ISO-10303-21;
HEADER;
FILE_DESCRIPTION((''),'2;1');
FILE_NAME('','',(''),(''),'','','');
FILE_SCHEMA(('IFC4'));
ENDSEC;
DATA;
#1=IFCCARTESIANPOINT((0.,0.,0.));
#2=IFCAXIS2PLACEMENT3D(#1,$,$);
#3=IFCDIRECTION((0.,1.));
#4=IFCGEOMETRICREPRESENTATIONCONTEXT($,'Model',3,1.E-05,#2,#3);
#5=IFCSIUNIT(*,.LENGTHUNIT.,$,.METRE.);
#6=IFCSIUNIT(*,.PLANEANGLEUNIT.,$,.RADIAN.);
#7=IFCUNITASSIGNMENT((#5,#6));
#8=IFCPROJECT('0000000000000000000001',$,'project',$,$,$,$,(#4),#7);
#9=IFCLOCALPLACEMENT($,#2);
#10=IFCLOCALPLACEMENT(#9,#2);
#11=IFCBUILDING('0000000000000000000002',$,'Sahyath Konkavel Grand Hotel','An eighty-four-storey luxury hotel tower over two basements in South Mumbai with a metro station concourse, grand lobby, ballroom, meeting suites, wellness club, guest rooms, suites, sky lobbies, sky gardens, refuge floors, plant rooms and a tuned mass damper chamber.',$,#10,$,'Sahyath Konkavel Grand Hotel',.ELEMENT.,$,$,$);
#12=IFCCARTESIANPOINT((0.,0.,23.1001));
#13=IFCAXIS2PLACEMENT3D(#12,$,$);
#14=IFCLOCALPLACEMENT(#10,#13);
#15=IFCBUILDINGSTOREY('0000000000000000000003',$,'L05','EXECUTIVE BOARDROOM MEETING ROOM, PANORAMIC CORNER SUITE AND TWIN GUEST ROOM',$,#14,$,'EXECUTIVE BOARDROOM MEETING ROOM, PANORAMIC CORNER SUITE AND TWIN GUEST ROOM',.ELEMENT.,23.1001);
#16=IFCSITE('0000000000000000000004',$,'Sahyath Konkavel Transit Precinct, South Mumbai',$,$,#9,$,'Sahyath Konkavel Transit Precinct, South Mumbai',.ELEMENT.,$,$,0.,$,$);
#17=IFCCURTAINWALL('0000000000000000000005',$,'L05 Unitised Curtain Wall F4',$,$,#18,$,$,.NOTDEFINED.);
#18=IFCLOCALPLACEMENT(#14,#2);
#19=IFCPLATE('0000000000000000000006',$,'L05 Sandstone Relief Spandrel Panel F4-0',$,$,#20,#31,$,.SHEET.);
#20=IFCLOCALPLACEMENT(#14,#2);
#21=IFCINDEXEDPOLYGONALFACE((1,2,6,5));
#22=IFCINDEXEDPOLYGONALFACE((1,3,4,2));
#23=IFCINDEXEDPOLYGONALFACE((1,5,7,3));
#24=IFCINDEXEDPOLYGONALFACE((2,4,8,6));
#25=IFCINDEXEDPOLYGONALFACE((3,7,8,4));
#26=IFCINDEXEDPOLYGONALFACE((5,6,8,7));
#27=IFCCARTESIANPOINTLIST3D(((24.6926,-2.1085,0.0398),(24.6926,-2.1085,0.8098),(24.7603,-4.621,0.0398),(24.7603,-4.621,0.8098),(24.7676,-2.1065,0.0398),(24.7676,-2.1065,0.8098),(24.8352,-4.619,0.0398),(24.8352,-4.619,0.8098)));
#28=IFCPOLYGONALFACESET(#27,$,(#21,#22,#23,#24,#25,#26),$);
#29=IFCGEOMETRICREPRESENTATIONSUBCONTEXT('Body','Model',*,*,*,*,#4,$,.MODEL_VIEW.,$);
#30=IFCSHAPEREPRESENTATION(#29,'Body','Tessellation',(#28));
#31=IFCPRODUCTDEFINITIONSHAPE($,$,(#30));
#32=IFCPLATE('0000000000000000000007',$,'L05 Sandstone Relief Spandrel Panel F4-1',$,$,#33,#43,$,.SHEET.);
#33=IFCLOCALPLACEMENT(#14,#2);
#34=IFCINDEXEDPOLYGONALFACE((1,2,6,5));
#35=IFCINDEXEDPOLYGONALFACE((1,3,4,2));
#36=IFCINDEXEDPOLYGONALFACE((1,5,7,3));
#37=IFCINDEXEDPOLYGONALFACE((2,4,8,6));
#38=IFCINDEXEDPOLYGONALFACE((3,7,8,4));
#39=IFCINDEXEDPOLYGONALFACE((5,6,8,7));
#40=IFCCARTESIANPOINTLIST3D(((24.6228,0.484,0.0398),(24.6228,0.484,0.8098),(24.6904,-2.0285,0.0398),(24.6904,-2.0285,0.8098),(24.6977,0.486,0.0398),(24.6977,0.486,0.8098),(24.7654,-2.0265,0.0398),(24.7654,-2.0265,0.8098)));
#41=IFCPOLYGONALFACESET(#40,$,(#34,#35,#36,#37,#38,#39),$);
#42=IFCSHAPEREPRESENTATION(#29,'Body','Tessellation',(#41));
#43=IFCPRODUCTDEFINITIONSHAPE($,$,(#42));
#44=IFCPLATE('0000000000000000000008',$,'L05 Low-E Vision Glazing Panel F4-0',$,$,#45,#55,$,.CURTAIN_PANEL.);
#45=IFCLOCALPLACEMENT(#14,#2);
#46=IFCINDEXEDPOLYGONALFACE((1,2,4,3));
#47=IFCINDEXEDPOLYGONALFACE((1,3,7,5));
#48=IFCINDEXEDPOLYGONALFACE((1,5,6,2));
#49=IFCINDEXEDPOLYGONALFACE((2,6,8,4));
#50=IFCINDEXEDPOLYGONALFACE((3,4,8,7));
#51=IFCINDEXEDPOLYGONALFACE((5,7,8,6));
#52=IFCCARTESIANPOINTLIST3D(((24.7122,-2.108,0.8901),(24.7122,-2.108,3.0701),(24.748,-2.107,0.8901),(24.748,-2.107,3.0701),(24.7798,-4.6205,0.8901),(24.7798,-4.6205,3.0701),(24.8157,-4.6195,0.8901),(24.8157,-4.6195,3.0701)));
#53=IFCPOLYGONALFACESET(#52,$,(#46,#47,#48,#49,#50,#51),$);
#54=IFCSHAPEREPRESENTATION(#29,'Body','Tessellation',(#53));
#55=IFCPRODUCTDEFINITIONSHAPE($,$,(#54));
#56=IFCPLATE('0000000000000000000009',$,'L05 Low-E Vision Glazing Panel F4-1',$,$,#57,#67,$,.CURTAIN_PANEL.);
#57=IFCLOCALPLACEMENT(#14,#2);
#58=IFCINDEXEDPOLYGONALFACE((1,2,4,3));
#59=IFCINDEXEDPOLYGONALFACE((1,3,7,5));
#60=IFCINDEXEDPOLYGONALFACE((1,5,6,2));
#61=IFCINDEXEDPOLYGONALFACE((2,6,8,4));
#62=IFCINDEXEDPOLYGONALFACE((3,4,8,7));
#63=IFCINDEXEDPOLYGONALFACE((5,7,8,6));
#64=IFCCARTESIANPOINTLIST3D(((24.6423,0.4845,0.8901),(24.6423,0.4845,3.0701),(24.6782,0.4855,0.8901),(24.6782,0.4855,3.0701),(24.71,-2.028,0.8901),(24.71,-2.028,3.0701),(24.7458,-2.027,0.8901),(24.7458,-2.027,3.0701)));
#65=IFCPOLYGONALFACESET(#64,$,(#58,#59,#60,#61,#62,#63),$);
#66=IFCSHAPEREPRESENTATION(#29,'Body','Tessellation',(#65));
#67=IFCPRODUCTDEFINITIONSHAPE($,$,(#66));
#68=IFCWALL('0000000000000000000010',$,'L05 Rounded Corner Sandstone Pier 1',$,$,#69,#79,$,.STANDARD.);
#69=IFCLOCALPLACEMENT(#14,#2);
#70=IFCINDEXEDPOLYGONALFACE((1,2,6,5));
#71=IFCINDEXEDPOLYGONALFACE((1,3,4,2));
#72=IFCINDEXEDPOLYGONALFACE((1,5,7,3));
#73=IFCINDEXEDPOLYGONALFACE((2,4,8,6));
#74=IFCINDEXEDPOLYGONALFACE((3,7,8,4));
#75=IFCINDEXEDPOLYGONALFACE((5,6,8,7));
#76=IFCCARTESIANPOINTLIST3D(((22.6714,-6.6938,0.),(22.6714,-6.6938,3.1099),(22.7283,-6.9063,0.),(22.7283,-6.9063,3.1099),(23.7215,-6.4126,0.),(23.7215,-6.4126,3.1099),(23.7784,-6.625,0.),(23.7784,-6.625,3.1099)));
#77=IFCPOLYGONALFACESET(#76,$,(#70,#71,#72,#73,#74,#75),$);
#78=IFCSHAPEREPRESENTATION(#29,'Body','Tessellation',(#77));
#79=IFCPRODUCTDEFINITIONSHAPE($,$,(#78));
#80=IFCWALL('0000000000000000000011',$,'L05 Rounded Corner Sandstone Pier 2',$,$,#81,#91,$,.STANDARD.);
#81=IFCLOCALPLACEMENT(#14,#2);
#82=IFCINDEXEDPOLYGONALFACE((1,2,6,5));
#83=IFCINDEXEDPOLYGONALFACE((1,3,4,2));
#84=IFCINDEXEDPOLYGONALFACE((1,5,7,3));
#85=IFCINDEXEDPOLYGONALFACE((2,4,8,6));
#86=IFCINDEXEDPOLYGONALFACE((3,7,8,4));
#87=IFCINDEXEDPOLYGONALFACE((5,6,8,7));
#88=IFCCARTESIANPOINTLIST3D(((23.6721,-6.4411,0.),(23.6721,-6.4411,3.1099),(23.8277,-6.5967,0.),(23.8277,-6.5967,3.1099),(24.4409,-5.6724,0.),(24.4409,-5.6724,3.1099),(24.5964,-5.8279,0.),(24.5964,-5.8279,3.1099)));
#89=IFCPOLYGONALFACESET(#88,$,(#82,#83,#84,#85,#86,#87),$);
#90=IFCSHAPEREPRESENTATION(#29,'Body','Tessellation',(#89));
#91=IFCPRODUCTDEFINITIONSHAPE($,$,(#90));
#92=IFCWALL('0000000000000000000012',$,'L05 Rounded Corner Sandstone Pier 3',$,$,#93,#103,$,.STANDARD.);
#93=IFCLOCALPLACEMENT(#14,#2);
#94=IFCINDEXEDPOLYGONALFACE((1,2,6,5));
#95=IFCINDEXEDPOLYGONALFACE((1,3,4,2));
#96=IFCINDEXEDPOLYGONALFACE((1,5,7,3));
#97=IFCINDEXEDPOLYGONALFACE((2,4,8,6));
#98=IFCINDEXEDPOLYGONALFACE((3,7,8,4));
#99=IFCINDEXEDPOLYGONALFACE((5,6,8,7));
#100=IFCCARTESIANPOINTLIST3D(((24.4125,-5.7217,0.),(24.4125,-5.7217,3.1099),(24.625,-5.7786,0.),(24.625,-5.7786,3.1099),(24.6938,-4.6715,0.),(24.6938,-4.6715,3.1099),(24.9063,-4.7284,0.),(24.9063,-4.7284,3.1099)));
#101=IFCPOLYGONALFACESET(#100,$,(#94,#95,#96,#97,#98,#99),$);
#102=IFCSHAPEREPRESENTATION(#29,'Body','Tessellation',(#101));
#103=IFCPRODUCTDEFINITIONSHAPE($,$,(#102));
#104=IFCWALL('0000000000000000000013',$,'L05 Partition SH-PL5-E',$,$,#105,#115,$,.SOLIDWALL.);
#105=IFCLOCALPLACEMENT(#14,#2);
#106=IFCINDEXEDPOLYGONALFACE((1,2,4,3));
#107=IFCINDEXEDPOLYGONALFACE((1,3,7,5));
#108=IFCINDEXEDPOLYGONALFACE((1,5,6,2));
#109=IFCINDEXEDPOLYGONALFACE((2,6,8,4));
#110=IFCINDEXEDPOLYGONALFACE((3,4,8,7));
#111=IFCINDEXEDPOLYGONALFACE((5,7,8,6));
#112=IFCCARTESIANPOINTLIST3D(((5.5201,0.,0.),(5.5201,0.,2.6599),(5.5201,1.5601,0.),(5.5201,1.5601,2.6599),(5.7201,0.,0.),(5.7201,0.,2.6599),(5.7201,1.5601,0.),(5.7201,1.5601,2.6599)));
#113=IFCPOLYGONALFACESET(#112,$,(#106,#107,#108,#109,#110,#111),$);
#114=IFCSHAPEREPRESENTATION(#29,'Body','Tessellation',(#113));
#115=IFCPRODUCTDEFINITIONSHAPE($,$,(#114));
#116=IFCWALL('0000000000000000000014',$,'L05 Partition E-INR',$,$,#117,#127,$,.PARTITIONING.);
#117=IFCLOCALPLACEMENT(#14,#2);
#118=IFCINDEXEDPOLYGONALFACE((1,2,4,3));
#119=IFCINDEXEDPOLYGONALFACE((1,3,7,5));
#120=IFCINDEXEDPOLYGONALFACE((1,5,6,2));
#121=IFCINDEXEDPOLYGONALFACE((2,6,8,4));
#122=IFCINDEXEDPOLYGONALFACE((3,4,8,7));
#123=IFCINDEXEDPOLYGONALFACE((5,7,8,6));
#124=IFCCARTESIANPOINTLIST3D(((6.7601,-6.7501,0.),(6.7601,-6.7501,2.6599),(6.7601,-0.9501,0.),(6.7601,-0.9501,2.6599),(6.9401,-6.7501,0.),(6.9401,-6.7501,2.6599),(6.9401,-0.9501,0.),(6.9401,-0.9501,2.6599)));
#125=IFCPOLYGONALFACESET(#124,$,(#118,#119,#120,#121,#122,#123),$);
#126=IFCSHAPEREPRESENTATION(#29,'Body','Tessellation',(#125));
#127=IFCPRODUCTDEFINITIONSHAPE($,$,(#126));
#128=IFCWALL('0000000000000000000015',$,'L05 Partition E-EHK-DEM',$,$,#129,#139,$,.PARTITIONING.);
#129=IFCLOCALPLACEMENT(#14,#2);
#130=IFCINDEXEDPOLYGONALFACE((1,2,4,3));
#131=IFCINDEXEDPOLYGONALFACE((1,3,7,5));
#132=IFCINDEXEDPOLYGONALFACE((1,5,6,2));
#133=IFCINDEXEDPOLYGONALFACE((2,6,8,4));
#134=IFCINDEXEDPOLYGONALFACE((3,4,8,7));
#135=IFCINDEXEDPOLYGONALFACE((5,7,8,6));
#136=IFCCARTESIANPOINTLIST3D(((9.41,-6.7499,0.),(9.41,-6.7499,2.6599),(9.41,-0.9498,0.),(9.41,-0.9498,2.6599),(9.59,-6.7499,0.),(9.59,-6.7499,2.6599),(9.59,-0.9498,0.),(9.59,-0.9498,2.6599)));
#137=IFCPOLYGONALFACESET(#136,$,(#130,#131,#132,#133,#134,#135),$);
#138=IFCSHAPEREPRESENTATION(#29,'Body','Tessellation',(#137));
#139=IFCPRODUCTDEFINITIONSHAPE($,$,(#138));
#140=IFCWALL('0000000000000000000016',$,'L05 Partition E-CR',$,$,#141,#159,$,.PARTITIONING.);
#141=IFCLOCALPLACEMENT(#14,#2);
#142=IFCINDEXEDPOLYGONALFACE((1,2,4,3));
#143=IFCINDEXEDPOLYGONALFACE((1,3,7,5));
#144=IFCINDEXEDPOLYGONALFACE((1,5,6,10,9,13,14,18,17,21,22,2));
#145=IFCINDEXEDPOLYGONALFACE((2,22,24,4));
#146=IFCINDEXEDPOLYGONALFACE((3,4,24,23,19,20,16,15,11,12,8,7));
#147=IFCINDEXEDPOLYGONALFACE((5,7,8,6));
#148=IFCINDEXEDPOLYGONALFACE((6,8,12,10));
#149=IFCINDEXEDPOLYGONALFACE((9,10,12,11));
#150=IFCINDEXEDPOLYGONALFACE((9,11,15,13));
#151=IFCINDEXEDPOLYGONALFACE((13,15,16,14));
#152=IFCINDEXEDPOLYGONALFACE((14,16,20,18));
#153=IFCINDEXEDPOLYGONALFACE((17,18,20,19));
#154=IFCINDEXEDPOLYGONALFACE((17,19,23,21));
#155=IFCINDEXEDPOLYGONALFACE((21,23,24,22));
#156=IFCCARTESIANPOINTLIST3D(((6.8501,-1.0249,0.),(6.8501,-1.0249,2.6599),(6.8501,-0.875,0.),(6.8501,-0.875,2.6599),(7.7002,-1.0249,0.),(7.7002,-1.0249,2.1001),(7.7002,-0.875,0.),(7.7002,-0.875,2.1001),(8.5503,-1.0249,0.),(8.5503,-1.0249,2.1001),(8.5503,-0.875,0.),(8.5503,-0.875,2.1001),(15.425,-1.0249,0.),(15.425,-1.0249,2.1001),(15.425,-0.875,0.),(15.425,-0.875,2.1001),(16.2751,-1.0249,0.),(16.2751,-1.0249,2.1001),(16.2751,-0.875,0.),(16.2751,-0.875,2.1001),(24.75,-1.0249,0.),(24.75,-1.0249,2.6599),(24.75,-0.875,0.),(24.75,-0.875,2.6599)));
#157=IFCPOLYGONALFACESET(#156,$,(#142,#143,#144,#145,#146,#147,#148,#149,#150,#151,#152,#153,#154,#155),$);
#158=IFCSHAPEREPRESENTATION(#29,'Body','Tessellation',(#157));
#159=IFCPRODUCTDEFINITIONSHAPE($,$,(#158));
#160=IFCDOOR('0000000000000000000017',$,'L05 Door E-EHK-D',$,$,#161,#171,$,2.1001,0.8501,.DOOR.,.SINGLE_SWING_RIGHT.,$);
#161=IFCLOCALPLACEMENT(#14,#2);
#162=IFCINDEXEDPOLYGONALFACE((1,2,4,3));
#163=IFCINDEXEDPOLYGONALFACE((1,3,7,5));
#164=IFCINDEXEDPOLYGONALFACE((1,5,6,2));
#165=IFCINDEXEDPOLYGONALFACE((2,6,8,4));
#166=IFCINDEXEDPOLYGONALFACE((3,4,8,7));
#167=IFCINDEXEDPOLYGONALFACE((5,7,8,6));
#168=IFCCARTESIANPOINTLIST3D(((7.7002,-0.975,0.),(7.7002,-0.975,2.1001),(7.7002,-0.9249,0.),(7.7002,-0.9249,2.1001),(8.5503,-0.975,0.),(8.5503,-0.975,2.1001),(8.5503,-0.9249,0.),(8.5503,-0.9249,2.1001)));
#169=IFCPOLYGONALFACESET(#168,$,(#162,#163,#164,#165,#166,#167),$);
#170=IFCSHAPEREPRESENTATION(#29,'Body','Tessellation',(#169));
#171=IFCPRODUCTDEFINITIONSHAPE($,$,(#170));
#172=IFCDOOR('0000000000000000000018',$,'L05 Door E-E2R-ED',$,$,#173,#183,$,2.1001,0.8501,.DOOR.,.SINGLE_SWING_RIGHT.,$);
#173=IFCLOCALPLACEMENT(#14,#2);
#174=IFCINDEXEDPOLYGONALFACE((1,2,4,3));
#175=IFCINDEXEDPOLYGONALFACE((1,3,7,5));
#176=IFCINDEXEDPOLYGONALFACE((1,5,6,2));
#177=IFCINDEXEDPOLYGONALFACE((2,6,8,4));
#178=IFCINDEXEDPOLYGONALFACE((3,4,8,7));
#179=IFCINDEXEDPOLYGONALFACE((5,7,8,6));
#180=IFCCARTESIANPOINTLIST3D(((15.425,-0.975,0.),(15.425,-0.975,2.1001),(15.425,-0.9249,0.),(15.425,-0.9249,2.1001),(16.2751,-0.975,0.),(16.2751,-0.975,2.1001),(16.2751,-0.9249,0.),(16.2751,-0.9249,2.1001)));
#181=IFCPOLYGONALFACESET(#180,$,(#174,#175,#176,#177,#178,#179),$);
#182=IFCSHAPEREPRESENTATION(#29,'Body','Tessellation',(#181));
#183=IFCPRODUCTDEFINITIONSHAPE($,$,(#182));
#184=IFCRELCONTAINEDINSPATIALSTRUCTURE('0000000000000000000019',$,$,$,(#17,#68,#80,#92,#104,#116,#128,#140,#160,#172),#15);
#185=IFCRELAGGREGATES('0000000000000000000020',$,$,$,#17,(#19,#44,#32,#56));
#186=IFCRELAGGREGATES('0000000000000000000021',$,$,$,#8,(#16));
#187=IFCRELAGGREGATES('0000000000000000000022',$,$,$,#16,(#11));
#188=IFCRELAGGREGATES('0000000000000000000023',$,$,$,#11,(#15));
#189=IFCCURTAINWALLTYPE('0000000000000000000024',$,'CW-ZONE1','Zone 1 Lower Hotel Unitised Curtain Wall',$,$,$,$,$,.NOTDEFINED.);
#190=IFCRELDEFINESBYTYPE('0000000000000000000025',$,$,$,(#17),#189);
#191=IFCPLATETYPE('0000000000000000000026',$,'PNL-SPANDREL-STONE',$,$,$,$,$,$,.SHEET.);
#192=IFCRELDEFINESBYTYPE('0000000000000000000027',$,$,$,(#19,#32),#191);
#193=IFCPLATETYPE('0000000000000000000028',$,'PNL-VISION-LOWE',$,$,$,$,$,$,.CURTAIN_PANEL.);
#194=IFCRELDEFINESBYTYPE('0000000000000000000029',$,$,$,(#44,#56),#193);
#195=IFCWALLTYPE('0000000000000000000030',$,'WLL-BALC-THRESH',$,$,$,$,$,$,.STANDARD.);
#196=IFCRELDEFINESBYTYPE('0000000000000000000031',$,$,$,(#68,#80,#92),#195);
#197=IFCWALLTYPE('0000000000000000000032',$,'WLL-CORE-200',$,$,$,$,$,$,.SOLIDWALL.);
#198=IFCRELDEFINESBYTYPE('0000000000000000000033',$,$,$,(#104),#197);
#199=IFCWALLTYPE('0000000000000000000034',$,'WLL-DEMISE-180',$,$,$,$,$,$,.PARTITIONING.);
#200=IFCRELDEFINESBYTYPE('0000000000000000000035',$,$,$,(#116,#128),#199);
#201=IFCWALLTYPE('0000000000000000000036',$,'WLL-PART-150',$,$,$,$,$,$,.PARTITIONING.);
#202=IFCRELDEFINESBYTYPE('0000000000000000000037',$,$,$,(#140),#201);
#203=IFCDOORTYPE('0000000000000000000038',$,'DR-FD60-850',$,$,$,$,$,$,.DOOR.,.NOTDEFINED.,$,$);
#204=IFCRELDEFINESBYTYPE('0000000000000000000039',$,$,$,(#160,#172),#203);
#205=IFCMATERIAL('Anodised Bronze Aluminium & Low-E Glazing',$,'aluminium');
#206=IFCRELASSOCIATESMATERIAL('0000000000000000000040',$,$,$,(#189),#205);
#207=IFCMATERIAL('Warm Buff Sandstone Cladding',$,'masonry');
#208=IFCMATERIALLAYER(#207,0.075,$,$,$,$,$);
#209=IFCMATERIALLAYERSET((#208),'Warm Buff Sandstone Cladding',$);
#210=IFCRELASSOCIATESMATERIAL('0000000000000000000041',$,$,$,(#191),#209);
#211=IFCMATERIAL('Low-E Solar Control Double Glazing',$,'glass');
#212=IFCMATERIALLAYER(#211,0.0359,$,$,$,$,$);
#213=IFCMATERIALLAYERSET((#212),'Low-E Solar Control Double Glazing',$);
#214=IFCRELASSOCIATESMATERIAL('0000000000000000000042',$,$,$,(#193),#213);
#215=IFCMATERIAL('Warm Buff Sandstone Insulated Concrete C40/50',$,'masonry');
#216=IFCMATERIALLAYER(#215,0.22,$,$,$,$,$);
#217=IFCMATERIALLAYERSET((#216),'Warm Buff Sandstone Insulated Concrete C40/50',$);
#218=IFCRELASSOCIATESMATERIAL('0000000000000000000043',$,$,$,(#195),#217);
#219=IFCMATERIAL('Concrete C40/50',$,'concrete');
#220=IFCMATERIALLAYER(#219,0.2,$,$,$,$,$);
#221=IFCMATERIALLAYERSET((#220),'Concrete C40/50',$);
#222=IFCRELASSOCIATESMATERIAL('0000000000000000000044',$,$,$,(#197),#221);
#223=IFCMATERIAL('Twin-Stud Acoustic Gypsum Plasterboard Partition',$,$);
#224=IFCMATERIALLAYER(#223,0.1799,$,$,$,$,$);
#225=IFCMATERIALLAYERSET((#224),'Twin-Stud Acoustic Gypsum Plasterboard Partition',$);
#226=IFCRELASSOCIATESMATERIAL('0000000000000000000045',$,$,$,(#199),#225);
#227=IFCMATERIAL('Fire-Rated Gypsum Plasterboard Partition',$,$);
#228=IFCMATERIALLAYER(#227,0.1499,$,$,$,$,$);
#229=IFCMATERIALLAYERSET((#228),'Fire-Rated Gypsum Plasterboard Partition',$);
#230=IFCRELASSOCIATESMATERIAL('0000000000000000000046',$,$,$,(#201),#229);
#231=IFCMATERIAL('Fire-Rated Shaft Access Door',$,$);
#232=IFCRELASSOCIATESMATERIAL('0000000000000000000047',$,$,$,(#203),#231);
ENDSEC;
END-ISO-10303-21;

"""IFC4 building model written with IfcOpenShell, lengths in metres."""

from ifc_helpers import new_model, si_unit, direction, frame, frame_2d, origin, origin_2d, place, context, subcontext, project, spatial, rectangle, extrude, source, transform, mapped, material, layer, layer_set, type_object, element, fill, aggregate, save


model = new_model("IFC4")

# Units and contexts
model_context = context("Model", 3, precision=1e-05, world=origin(), true_north=direction((0.0, 1.0)))
body_context = subcontext(model_context, "Body", "Model", "MODEL_VIEW")
ifc_project = project(units=[si_unit("LENGTHUNIT", "METRE"), si_unit("PLANEANGLEUNIT", "RADIAN")], contexts=[model_context])

# Site, building, storey
site_placement = place(None, origin())
site = spatial("IfcSite", under=ifc_project, at=site_placement, Name="Sahyath Konkavel Transit Precinct, South Mumbai", LongName="Sahyath Konkavel Transit Precinct, South Mumbai", CompositionType="ELEMENT", RefElevation=0.0)
building_placement = place(site_placement, origin())
building = spatial("IfcBuilding", under=site, at=building_placement, Name="Sahyath Konkavel Grand Hotel", Description="An eighty-four-storey luxury hotel tower over two basements in South Mumbai with a metro station concourse, grand lobby, ballroom, meeting suites, wellness club, guest rooms, suites, sky lobbies, sky gardens, refuge floors, plant rooms and a tuned mass damper chamber.", LongName="Sahyath Konkavel Grand Hotel", CompositionType="ELEMENT")
storey_placement = place(building_placement, frame((0.0, 0.0, 23.1001)))
storey = spatial("IfcBuildingStorey", under=building, at=storey_placement, Name="L05", Description="EXECUTIVE BOARDROOM MEETING ROOM, PANORAMIC CORNER SUITE AND TWIN GUEST ROOM", LongName="EXECUTIVE BOARDROOM MEETING ROOM, PANORAMIC CORNER SUITE AND TWIN GUEST ROOM", CompositionType="ELEMENT", Elevation=23.1001)

# Curtain wall, plates
ifc_material_1 = material(Name="Anodised Bronze Aluminium & Low-E Glazing", Category="aluminium")
curtain_wall_type = type_object("IfcCurtainWallType", Name="CW-ZONE1", Description="Zone 1 Lower Hotel Unitised Curtain Wall", PredefinedType="NOTDEFINED", material=ifc_material_1)
curtain_wall_placement = place(storey_placement, origin())
curtain_wall = element("IfcCurtainWall", 1, at=curtain_wall_placement, inside=storey, type_object=curtain_wall_type, Name="L05 Unitised Curtain Wall F4", PredefinedType="NOTDEFINED")
ifc_material_2 = material(Name="Warm Buff Sandstone Cladding", Category="masonry")
ifc_layer_1 = layer(ifc_material_2, 0.075)
ifc_layer_set_1 = layer_set([ifc_layer_1], Name="Warm Buff Sandstone Cladding")
plate_type_1 = type_object("IfcPlateType", Name="PNL-SPANDREL-STONE", PredefinedType="SHEET", material=ifc_layer_set_1)
shared_shape_1 = source(origin(), body_context, "Body", "SweptSolid", [
    extrude(rectangle(XDim=2.5134, YDim=0.075, at=origin_2d()), origin(), (0.0, 0.0, 1.0), 0.77),
])
plate_1_placement = place(storey_placement, frame((24.7639, -3.3638, 0.0398), z_axis=(0.0, 0.0, 1.0), x_axis=(-0.02691, 0.999638, 0.0)))
plate_1 = element("IfcPlate", 2, at=plate_1_placement, type_object=plate_type_1, Name="L05 Sandstone Relief Spandrel Panel F4-0", PredefinedType="SHEET", context=body_context, shape_type="MappedRepresentation", body=[
    mapped(shared_shape_1, transform((0.0, 0.0, 0.0), scale=1.0)),
])
plate_2_placement = place(storey_placement, frame((24.6941, -0.7712, 0.0398), z_axis=(0.0, 0.0, 1.0), x_axis=(-0.02691, 0.999638, 0.0)))
plate_2 = element("IfcPlate", 3, at=plate_2_placement, type_object=plate_type_1, Name="L05 Sandstone Relief Spandrel Panel F4-1", PredefinedType="SHEET", context=body_context, shape_type="MappedRepresentation", body=[
    mapped(shared_shape_1, transform((0.0, 0.0, 0.0), scale=1.0)),
])
ifc_material_3 = material(Name="Low-E Solar Control Double Glazing", Category="glass")
ifc_layer_2 = layer(ifc_material_3, 0.0359)
ifc_layer_set_2 = layer_set([ifc_layer_2], Name="Low-E Solar Control Double Glazing")
plate_type_2 = type_object("IfcPlateType", Name="PNL-VISION-LOWE", PredefinedType="CURTAIN_PANEL", material=ifc_layer_set_2)
shared_shape_2 = source(origin(), body_context, "Body", "SweptSolid", [
    extrude(rectangle(XDim=2.5134, YDim=0.0359, at=origin_2d()), origin(), (0.0, 0.0, 1.0), 2.1799),
])
plate_3_placement = place(storey_placement, frame((24.7639, -3.3638, 0.8901), z_axis=(0.0, 0.0, 1.0), x_axis=(-0.02691, 0.999638, 0.0)))
plate_3 = element("IfcPlate", 4, at=plate_3_placement, type_object=plate_type_2, Name="L05 Low-E Vision Glazing Panel F4-0", PredefinedType="CURTAIN_PANEL", context=body_context, shape_type="MappedRepresentation", body=[
    mapped(shared_shape_2, transform((0.0, 0.0, 0.0), scale=1.0)),
])
plate_4_placement = place(storey_placement, frame((24.6941, -0.7712, 0.8901), z_axis=(0.0, 0.0, 1.0), x_axis=(-0.02691, 0.999638, 0.0)))
plate_4 = element("IfcPlate", 5, at=plate_4_placement, type_object=plate_type_2, Name="L05 Low-E Vision Glazing Panel F4-1", PredefinedType="CURTAIN_PANEL", context=body_context, shape_type="MappedRepresentation", body=[
    mapped(shared_shape_2, transform((0.0, 0.0, 0.0), scale=1.0)),
])
aggregate(curtain_wall, [plate_1, plate_3, plate_2, plate_4])

# Walls
ifc_material_4 = material(Name="Warm Buff Sandstone Insulated Concrete C40/50", Category="masonry")
ifc_layer_3 = layer(ifc_material_4, 0.22)
ifc_layer_set_3 = layer_set([ifc_layer_3], Name="Warm Buff Sandstone Insulated Concrete C40/50")
wall_type_1 = type_object("IfcWallType", Name="WLL-BALC-THRESH", PredefinedType="STANDARD", material=ifc_layer_set_3)
for number, where, z_axis, x_axis, name in (
    (6, (22.7, -6.8, 0.0), (0.0, 0.0, 1.0), (0.965951, 0.258725, 0.0), "L05 Rounded Corner Sandstone Pier 1"),
    (7, (23.75, -6.5188, 0.0), (0.0, 0.0, 1.0), (0.707107, 0.707107, 0.0), "L05 Rounded Corner Sandstone Pier 2"),
    (8, (24.5188, -5.75, 0.0), (0.0, 0.0, 1.0), (0.258725, 0.965951, 0.0), "L05 Rounded Corner Sandstone Pier 3"),
):
    element("IfcWall", number, at=place(storey_placement, frame(where, z_axis=z_axis, x_axis=x_axis)), inside=storey, type_object=wall_type_1, Name=name, PredefinedType="STANDARD", context=body_context, shape_type="SweptSolid", body=[
        extrude(rectangle(XDim=1.0872, YDim=0.22, at=frame_2d((0.5435, 0.0))), origin(), (0.0, 0.0, 1.0), 3.1099),
    ])
ifc_material_5 = material(Name="Concrete C40/50", Category="concrete")
ifc_layer_4 = layer(ifc_material_5, 0.2)
ifc_layer_set_4 = layer_set([ifc_layer_4], Name="Concrete C40/50")
wall_type_2 = type_object("IfcWallType", Name="WLL-CORE-200", PredefinedType="SOLIDWALL", material=ifc_layer_set_4)
wall_1_placement = place(storey_placement, frame((5.6201, 0.0, 0.0), z_axis=(0.0, 0.0, 1.0), x_axis=(0.0, 1.0, 0.0)))
element("IfcWall", 9, at=wall_1_placement, inside=storey, type_object=wall_type_2, Name="L05 Partition SH-PL5-E", PredefinedType="SOLIDWALL", context=body_context, shape_type="SweptSolid", body=[
    extrude(rectangle(XDim=1.5601, YDim=0.2, at=frame_2d((0.78, 0.0))), origin(), (0.0, 0.0, 1.0), 2.6599),
])
ifc_material_6 = material(Name="Twin-Stud Acoustic Gypsum Plasterboard Partition")
ifc_layer_5 = layer(ifc_material_6, 0.1799)
ifc_layer_set_5 = layer_set([ifc_layer_5], Name="Twin-Stud Acoustic Gypsum Plasterboard Partition")
wall_type_3 = type_object("IfcWallType", Name="WLL-DEMISE-180", PredefinedType="PARTITIONING", material=ifc_layer_set_5)
for number, where, z_axis, x_axis, name in (
    (10, (6.8501, -6.75, 0.0), (0.0, 0.0, 1.0), (0.0, 1.0, 0.0), "L05 Partition E-INR"),
    (11, (9.5, -0.95, 0.0), (0.0, 0.0, 1.0), (0.0, -1.0, 0.0), "L05 Partition E-EHK-DEM"),
):
    element("IfcWall", number, at=place(storey_placement, frame(where, z_axis=z_axis, x_axis=x_axis)), inside=storey, type_object=wall_type_3, Name=name, PredefinedType="PARTITIONING", context=body_context, shape_type="SweptSolid", body=[
        extrude(rectangle(XDim=5.8, YDim=0.1799, at=frame_2d((2.8999, 0.0))), origin(), (0.0, 0.0, 1.0), 2.6599),
    ])

# Wall, openings, doors
ifc_material_7 = material(Name="Fire-Rated Gypsum Plasterboard Partition")
ifc_layer_6 = layer(ifc_material_7, 0.1499)
ifc_layer_set_6 = layer_set([ifc_layer_6], Name="Fire-Rated Gypsum Plasterboard Partition")
wall_type_4 = type_object("IfcWallType", Name="WLL-PART-150", PredefinedType="PARTITIONING", material=ifc_layer_set_6)
wall_2_placement = place(storey_placement, frame((6.8501, -0.95, 0.0), z_axis=(0.0, 0.0, 1.0), x_axis=(1.0, 0.0, 0.0)))
wall_2 = element("IfcWall", 12, at=wall_2_placement, inside=storey, type_object=wall_type_4, Name="L05 Partition E-CR", PredefinedType="PARTITIONING", context=body_context, shape_type="SweptSolid", body=[
    extrude(rectangle(XDim=17.8999, YDim=0.1499, at=frame_2d((8.95, 0.0))), origin(), (0.0, 0.0, 1.0), 2.6599),
])
opening_1_placement = place(wall_2_placement, frame((0.8501, 0.0, 0.0)))
opening_1 = element("IfcOpeningElement", 13, at=opening_1_placement, cuts=wall_2, PredefinedType="OPENING", context=body_context, shape_type="SweptSolid", body=[
    extrude(rectangle(XDim=0.8501, YDim=2.1001, at=frame_2d((0.425, 1.05))), frame((0.0, 0.085, 0.0), z_axis=(0.0, -1.0, 0.0), x_axis=(1.0, 0.0, 0.0)), (0.0, 0.0, 1.0), 0.1699),
])
opening_2_placement = place(wall_2_placement, frame((8.575, 0.0, 0.0)))
opening_2 = element("IfcOpeningElement", 14, at=opening_2_placement, cuts=wall_2, PredefinedType="OPENING", context=body_context, shape_type="SweptSolid", body=[
    extrude(rectangle(XDim=0.8501, YDim=2.1001, at=frame_2d((0.425, 1.05))), frame((0.0, 0.085, 0.0), z_axis=(0.0, -1.0, 0.0), x_axis=(1.0, 0.0, 0.0)), (0.0, 0.0, 1.0), 0.1699),
])
ifc_material_8 = material(Name="Fire-Rated Shaft Access Door")
door_type_1 = type_object("IfcDoorType", Name="DR-FD60-850", OperationType="NOTDEFINED", PredefinedType="DOOR", material=ifc_material_8)
shared_shape_3 = source(origin(), body_context, "Body", "SweptSolid", [
    extrude(rectangle(XDim=0.8501, YDim=0.05, at=origin_2d()), origin(), (0.0, 0.0, 1.0), 2.1001),
])
door_1_placement = place(opening_1_placement, frame((0.425, 0.0, 0.0)))
door_1 = element("IfcDoor", 15, at=door_1_placement, inside=storey, type_object=door_type_1, Name="L05 Door E-EHK-D", OperationType="SINGLE_SWING_RIGHT", OverallHeight=2.1001, OverallWidth=0.8501, PredefinedType="DOOR", context=body_context, shape_type="MappedRepresentation", body=[
    mapped(shared_shape_3, transform((0.0, 0.0, 0.0), scale=1.0)),
])
fill(opening_1, door_1)
door_2_placement = place(opening_2_placement, frame((0.425, 0.0, 0.0)))
door_2 = element("IfcDoor", 16, at=door_2_placement, inside=storey, type_object=door_type_1, Name="L05 Door E-E2R-ED", OperationType="SINGLE_SWING_RIGHT", OverallHeight=2.1001, OverallWidth=0.8501, PredefinedType="DOOR", context=body_context, shape_type="MappedRepresentation", body=[
    mapped(shared_shape_3, transform((0.0, 0.0, 0.0), scale=1.0)),
])
fill(opening_2, door_2)

save(model, "model.ifc")
